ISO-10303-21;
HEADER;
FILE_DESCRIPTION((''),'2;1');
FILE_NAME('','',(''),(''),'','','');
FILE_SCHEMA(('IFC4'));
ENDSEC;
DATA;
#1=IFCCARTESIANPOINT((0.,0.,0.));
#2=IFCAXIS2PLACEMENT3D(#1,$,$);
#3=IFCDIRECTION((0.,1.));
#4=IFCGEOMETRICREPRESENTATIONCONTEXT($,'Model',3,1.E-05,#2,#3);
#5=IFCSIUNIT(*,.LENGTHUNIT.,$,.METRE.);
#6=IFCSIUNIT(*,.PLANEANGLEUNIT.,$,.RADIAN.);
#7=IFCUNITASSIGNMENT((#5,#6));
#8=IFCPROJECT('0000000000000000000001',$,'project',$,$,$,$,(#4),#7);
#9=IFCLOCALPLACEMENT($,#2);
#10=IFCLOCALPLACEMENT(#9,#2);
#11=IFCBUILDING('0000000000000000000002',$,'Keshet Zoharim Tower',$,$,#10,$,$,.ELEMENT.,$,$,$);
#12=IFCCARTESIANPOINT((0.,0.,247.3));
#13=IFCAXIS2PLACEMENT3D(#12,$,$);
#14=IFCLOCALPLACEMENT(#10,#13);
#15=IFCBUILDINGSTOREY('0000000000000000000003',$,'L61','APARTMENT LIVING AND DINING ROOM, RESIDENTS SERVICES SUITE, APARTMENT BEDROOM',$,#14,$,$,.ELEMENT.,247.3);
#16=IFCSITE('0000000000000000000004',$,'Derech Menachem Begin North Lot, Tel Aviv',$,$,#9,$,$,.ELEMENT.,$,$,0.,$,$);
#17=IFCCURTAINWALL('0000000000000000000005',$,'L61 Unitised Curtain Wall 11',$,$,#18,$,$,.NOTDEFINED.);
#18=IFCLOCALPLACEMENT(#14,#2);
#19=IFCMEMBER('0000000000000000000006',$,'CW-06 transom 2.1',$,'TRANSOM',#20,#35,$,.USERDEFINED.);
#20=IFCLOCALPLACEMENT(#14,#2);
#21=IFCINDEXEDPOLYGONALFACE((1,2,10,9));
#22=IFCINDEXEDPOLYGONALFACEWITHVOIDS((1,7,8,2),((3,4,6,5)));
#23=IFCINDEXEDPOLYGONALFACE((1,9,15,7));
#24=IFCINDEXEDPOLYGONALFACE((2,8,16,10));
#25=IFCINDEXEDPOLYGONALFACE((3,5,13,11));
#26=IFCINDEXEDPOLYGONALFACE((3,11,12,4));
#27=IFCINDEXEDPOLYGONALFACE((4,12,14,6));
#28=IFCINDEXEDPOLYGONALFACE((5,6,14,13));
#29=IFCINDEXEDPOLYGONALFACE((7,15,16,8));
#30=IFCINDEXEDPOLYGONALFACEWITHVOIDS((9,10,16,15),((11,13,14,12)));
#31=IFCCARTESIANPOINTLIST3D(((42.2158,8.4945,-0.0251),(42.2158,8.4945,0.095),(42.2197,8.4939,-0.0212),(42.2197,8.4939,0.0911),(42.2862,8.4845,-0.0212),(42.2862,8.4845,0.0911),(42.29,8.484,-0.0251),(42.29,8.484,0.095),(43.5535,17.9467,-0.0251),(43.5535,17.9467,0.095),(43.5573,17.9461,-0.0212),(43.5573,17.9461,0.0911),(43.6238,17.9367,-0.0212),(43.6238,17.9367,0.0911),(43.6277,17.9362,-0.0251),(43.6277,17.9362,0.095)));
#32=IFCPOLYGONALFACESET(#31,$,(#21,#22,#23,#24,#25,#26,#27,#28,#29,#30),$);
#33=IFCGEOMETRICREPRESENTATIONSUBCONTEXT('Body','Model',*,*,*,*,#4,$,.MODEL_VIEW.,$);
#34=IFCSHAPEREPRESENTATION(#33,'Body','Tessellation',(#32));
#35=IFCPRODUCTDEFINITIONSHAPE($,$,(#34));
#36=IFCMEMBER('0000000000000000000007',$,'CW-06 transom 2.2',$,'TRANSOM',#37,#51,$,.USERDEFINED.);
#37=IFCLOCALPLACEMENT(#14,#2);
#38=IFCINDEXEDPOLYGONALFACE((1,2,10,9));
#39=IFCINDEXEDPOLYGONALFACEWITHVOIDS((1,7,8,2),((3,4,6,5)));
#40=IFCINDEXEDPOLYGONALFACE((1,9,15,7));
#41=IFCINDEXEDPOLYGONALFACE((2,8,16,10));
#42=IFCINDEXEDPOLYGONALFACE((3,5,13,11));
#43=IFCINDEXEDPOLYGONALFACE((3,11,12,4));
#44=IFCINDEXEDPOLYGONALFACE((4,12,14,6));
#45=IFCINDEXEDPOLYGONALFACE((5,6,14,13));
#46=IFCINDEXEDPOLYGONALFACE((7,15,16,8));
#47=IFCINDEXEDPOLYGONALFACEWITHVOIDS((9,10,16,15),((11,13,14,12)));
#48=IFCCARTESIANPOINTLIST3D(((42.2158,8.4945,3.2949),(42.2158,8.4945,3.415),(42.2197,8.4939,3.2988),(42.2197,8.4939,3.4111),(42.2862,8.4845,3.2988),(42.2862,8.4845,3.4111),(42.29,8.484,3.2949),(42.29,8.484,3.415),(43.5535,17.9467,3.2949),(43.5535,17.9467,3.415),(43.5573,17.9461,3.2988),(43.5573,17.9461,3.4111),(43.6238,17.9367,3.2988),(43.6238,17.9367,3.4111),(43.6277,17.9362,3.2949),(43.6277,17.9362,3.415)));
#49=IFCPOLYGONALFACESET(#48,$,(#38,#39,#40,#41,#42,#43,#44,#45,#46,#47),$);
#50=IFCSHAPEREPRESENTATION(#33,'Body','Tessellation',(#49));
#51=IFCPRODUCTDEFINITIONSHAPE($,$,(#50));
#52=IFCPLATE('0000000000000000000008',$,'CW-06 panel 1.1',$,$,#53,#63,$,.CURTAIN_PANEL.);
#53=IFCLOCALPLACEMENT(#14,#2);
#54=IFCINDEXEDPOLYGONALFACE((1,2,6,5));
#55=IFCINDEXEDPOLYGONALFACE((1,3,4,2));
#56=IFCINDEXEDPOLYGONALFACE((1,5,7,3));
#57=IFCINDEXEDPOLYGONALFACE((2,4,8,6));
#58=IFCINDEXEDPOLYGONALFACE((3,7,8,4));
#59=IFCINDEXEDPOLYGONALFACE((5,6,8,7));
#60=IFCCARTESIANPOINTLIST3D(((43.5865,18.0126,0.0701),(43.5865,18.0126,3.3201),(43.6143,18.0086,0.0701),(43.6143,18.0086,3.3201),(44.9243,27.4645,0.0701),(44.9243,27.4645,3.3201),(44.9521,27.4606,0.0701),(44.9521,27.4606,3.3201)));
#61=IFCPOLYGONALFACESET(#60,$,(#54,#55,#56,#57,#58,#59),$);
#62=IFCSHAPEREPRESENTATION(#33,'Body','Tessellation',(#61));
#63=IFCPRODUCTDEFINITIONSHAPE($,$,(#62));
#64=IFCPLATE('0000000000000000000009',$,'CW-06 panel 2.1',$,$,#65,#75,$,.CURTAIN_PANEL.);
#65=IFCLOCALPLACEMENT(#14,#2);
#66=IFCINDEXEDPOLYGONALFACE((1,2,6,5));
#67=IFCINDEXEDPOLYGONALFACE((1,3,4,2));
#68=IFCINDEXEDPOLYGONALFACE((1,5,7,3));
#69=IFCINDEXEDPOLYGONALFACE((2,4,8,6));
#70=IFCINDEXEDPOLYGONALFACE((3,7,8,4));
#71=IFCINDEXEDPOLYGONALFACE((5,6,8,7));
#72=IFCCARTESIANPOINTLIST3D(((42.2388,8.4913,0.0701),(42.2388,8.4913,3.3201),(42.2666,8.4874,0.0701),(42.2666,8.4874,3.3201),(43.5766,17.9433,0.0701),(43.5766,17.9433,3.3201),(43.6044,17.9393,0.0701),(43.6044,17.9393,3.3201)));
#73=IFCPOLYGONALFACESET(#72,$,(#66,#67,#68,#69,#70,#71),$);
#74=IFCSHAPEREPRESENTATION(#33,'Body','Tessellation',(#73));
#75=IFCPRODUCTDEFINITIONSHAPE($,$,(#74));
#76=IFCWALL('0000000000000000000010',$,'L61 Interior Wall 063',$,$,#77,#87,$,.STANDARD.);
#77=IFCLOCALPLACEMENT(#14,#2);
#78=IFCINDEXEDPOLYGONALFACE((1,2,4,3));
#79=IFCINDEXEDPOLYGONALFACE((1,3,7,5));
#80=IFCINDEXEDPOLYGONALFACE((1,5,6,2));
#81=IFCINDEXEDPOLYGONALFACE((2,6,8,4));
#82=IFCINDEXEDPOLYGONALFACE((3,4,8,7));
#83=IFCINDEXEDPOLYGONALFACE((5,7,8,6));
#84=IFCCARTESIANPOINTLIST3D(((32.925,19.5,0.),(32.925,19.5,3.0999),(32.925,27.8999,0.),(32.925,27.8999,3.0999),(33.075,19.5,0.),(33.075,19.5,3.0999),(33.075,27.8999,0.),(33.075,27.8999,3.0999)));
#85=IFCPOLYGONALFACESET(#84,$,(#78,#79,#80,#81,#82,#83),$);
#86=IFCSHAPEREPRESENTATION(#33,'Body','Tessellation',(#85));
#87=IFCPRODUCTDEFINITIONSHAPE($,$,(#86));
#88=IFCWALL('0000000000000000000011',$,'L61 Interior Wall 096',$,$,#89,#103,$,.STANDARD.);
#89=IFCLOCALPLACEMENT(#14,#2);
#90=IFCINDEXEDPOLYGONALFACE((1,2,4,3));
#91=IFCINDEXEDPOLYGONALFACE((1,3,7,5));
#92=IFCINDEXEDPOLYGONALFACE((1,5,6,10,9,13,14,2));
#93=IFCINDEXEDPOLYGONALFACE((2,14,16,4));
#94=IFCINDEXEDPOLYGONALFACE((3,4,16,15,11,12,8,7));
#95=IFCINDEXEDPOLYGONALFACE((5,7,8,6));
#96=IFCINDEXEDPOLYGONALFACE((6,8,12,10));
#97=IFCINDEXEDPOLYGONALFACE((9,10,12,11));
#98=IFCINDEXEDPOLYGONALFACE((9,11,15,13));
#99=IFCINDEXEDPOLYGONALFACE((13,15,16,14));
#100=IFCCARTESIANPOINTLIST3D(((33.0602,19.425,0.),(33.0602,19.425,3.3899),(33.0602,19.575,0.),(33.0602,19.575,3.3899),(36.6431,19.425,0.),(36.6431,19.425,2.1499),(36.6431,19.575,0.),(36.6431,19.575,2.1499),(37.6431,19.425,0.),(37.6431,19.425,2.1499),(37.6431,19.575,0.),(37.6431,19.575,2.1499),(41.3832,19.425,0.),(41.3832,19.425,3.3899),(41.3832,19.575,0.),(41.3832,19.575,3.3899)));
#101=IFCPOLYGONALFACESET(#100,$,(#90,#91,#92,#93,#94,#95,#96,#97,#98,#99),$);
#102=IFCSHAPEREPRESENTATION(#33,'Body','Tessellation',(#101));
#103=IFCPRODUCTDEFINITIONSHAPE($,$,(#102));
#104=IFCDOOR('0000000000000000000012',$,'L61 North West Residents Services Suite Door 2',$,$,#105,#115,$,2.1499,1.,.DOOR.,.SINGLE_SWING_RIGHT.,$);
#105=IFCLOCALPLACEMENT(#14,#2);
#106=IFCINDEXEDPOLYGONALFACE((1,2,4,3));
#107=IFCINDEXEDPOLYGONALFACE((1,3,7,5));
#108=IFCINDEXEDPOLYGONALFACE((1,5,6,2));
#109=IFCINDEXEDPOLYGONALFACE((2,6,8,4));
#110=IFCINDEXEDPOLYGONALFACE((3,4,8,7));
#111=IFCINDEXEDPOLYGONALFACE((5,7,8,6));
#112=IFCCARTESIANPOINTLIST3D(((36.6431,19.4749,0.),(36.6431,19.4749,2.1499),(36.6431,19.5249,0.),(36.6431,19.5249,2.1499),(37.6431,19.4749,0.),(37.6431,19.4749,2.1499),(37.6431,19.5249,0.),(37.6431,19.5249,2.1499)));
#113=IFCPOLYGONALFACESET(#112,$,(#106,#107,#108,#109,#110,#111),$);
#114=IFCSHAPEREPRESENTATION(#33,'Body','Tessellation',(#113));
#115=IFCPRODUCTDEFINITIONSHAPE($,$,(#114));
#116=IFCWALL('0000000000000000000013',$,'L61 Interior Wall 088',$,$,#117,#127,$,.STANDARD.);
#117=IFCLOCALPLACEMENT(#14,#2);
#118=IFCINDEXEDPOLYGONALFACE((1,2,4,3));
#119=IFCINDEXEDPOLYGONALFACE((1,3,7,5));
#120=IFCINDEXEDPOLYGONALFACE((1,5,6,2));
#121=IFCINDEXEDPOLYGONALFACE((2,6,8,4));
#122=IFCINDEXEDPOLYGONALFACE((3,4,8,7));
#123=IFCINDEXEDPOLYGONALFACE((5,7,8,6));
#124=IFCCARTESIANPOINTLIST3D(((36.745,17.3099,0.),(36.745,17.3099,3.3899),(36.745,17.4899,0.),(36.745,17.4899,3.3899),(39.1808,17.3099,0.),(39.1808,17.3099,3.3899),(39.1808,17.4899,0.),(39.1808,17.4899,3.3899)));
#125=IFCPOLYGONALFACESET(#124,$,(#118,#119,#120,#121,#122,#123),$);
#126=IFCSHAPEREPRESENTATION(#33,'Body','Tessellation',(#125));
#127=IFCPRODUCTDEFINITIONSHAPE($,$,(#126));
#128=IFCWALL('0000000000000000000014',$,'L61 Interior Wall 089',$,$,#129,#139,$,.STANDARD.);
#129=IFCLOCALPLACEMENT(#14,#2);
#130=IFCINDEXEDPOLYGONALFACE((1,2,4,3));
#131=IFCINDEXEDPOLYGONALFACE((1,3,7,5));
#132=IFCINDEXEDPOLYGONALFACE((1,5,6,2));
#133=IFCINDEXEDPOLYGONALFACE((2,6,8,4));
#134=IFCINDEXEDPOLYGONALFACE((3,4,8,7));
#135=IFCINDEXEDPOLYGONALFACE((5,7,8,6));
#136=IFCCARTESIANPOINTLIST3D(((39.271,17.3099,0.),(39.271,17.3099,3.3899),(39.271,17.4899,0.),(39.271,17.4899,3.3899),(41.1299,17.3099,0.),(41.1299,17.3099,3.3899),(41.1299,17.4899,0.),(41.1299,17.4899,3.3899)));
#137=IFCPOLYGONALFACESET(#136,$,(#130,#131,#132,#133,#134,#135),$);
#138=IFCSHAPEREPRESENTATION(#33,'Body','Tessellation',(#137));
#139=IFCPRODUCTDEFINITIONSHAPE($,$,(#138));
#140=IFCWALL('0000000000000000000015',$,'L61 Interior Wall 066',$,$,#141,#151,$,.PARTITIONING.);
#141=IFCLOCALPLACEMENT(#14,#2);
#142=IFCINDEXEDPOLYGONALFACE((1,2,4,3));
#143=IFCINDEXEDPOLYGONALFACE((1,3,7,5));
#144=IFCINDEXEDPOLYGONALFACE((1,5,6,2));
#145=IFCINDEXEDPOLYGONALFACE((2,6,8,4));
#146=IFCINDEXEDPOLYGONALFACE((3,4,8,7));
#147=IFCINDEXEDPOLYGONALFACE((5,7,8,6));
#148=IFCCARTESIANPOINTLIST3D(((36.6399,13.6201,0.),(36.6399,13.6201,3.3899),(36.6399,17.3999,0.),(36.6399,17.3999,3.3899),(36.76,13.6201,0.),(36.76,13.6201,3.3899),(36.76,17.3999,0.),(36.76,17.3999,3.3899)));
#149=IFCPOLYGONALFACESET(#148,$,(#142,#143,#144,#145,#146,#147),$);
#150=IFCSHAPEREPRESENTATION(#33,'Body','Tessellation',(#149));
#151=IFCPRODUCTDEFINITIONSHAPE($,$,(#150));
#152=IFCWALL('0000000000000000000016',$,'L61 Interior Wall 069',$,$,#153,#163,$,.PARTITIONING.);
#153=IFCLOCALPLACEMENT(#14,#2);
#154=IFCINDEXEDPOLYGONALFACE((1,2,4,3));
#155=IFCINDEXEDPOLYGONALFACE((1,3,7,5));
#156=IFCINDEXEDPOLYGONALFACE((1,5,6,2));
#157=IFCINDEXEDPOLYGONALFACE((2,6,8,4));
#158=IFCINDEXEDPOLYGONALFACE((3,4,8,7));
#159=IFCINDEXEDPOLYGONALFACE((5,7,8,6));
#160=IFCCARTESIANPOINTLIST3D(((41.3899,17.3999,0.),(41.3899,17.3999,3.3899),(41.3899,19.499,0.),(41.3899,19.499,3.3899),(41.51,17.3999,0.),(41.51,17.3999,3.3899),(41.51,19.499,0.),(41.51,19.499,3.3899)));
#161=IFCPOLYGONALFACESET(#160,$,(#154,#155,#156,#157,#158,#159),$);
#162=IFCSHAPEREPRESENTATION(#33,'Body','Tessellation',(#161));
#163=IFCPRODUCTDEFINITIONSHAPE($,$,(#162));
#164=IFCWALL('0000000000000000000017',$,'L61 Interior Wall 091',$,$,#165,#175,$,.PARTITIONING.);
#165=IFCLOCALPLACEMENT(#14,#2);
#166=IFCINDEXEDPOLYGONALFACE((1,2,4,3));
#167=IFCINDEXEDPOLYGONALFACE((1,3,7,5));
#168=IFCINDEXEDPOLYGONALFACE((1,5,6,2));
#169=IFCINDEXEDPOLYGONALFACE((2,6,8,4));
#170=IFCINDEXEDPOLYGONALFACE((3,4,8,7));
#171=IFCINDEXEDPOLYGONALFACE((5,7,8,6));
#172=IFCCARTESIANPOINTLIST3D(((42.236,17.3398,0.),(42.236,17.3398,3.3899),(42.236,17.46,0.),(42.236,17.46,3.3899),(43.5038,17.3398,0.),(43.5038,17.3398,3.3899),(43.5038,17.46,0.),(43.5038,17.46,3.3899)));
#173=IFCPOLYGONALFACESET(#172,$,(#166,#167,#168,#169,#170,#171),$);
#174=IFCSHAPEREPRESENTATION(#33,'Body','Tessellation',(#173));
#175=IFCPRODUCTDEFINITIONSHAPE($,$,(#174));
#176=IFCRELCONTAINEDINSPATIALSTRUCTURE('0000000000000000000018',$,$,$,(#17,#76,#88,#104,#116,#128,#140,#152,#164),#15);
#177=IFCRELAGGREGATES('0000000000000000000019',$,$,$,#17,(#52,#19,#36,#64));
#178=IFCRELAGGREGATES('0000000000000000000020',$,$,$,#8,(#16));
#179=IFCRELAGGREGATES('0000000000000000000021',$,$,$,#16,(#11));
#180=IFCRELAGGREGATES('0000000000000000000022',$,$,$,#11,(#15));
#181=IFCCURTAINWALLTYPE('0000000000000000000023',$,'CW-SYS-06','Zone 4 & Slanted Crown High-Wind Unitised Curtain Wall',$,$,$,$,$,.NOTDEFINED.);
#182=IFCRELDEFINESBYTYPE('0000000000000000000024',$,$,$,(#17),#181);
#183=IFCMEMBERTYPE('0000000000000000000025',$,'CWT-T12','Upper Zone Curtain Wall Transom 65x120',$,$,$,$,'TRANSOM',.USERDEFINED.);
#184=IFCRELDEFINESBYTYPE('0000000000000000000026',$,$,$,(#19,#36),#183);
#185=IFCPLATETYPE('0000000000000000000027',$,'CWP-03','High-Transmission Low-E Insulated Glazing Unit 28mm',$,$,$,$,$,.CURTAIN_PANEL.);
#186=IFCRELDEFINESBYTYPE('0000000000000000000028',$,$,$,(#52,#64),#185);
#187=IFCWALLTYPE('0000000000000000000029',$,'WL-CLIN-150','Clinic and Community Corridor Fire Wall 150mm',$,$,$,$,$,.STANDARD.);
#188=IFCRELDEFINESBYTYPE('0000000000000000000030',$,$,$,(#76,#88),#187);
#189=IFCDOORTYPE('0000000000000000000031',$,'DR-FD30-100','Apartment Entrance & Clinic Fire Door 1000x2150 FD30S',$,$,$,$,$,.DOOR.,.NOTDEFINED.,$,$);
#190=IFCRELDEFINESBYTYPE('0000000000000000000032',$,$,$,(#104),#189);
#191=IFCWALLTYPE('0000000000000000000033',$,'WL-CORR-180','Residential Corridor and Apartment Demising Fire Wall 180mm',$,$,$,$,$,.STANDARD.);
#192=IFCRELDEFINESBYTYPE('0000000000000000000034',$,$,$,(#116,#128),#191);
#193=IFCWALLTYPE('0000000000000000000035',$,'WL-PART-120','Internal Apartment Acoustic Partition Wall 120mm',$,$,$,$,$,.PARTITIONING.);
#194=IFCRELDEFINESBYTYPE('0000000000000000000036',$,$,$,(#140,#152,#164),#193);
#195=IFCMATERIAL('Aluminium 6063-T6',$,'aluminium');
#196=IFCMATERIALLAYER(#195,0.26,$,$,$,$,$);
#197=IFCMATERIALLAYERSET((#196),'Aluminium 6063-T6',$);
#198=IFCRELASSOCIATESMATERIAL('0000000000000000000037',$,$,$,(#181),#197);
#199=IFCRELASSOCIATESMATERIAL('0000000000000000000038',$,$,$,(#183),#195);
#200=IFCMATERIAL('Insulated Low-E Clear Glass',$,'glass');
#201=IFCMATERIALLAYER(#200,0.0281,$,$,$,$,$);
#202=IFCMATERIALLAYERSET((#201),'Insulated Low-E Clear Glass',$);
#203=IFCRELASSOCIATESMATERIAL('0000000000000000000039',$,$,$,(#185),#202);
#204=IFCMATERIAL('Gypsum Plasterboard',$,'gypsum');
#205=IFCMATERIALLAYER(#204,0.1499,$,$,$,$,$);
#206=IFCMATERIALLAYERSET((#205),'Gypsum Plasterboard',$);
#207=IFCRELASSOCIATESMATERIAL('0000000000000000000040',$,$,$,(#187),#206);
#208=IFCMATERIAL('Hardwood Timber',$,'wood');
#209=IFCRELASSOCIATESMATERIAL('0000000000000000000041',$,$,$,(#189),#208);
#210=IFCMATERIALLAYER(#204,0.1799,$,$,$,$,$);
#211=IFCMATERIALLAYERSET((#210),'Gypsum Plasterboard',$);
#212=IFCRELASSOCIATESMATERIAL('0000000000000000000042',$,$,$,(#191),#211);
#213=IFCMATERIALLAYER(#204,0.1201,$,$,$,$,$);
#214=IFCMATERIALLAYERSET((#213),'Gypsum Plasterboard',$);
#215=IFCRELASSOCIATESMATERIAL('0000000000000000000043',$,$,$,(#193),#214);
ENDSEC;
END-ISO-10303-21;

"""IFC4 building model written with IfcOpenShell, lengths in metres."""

from ifc_helpers import new_model, si_unit, direction, frame, frame_2d, origin, origin_2d, place, context, subcontext, project, spatial, rectangle, hollow_rectangle, extrude, material, layer, layer_set, material_profile, profile_set, type_object, element, fill, aggregate, save


model = new_model("IFC4")

# Units and contexts
model_context = context("Model", 3, precision=1e-05, world=origin(), true_north=direction((0.0, 1.0)))
body_context = subcontext(model_context, "Body", "Model", "MODEL_VIEW")
ifc_project = project(units=[si_unit("LENGTHUNIT", "METRE"), si_unit("PLANEANGLEUNIT", "RADIAN")], contexts=[model_context])

# Site, building, storey
site_placement = place(None, origin())
site = spatial("IfcSite", under=ifc_project, at=site_placement, Name="Derech Menachem Begin North Lot, Tel Aviv", CompositionType="ELEMENT", RefElevation=0.0)
building_placement = place(site_placement, origin())
building = spatial("IfcBuilding", under=site, at=building_placement, Name="Keshet Zoharim Tower", CompositionType="ELEMENT")
storey_placement = place(building_placement, frame((0.0, 0.0, 247.3)))
storey = spatial("IfcBuildingStorey", under=building, at=storey_placement, Name="L61", Description="APARTMENT LIVING AND DINING ROOM, RESIDENTS SERVICES SUITE, APARTMENT BEDROOM", CompositionType="ELEMENT", Elevation=247.3)

# Curtain wall, members, plates
ifc_material_1 = material(Name="Aluminium 6063-T6", Category="aluminium")
ifc_layer_1 = layer(ifc_material_1, 0.26)
ifc_layer_set_1 = layer_set([ifc_layer_1], Name="Aluminium 6063-T6")
curtain_wall_type = type_object("IfcCurtainWallType", Name="CW-SYS-06", Description="Zone 4 & Slanted Crown High-Wind Unitised Curtain Wall", PredefinedType="NOTDEFINED", material=ifc_layer_set_1)
curtain_wall_placement = place(storey_placement, origin())
curtain_wall = element("IfcCurtainWall", 1, at=curtain_wall_placement, inside=storey, type_object=curtain_wall_type, Name="L61 Unitised Curtain Wall 11", PredefinedType="NOTDEFINED")
ifc_material_profile_1 = material_profile(ifc_material_1, hollow_rectangle(XDim=0.075, YDim=0.1201, WallThickness=0.0039, at=origin_2d()), Name="TRN-75x120")
ifc_profile_set_1 = profile_set([ifc_material_profile_1], Name="Aluminium 6063-T6")
member_type_1 = type_object("IfcMemberType", Name="CWT-T12", Description="Upper Zone Curtain Wall Transom 65x120", ElementType="TRANSOM", PredefinedType="USERDEFINED", material=ifc_profile_set_1)
member_1_placement = place(storey_placement, frame((43.5906, 17.9414, 0.0349), z_axis=(-0.140122, -0.990134, 0.0), x_axis=(0.990134, -0.140122, 0.0)))
member_1 = element("IfcMember", 2, at=member_1_placement, type_object=member_type_1, Name="CW-06 transom 2.1", ObjectType="TRANSOM", PredefinedType="USERDEFINED", context=body_context, shape_type="SweptSolid", body=[
    extrude(hollow_rectangle(XDim=0.075, YDim=0.1201, WallThickness=0.0039, at=origin_2d()), origin(), (0.0, 0.0, 1.0), 9.5464),
])
member_2_placement = place(storey_placement, frame((43.5906, 17.9414, 3.355), z_axis=(-0.140122, -0.990134, 0.0), x_axis=(0.990134, -0.140122, 0.0)))
member_2 = element("IfcMember", 3, at=member_2_placement, type_object=member_type_1, Name="CW-06 transom 2.2", ObjectType="TRANSOM", PredefinedType="USERDEFINED", context=body_context, shape_type="SweptSolid", body=[
    extrude(hollow_rectangle(XDim=0.075, YDim=0.1201, WallThickness=0.0039, at=origin_2d()), origin(), (0.0, 0.0, 1.0), 9.5464),
])
ifc_material_2 = material(Name="Insulated Low-E Clear Glass", Category="glass")
ifc_layer_2 = layer(ifc_material_2, 0.0281)
ifc_layer_set_2 = layer_set([ifc_layer_2], Name="Insulated Low-E Clear Glass")
plate_type = type_object("IfcPlateType", Name="CWP-03", Description="High-Transmission Low-E Insulated Glazing Unit 28mm", PredefinedType="CURTAIN_PANEL", material=ifc_layer_set_2)
plate_1_placement = place(storey_placement, frame((44.2693, 22.7366, 0.0701), z_axis=(0.0, 0.0, 1.0), x_axis=(-0.140137, -0.990132, 0.0)))
plate_1 = element("IfcPlate", 4, at=plate_1_placement, type_object=plate_type, Name="CW-06 panel 1.1", PredefinedType="CURTAIN_PANEL", context=body_context, shape_type="SweptSolid", body=[
    extrude(rectangle(XDim=9.5461, YDim=0.0281, at=origin_2d()), origin(), (0.0, 0.0, 1.0), 3.25),
])
plate_2_placement = place(storey_placement, frame((42.9216, 13.2153, 0.0701), z_axis=(0.0, 0.0, 1.0), x_axis=(-0.140137, -0.990132, 0.0)))
plate_2 = element("IfcPlate", 5, at=plate_2_placement, type_object=plate_type, Name="CW-06 panel 2.1", PredefinedType="CURTAIN_PANEL", context=body_context, shape_type="SweptSolid", body=[
    extrude(rectangle(XDim=9.5461, YDim=0.0281, at=origin_2d()), origin(), (0.0, 0.0, 1.0), 3.25),
])
aggregate(curtain_wall, [plate_1, member_1, member_2, plate_2])

# Wall
ifc_material_3 = material(Name="Gypsum Plasterboard", Category="gypsum")
ifc_layer_3 = layer(ifc_material_3, 0.1499)
ifc_layer_set_3 = layer_set([ifc_layer_3], Name="Gypsum Plasterboard")
wall_type_1 = type_object("IfcWallType", Name="WL-CLIN-150", Description="Clinic and Community Corridor Fire Wall 150mm", PredefinedType="STANDARD", material=ifc_layer_set_3)
wall_1_placement = place(storey_placement, frame((33.0, 19.5, 0.0), z_axis=(0.0, 0.0, 1.0), x_axis=(0.0, 1.0, 0.0)))
element("IfcWall", 6, at=wall_1_placement, inside=storey, type_object=wall_type_1, Name="L61 Interior Wall 063", PredefinedType="STANDARD", context=body_context, shape_type="SweptSolid", body=[
    extrude(rectangle(XDim=8.3999, YDim=0.1499, at=frame_2d((4.2, 0.0))), origin(), (0.0, 0.0, 1.0), 3.0999),
])

# Wall, opening, door
wall_2_placement = place(storey_placement, frame((33.0601, 19.5, 0.0), z_axis=(0.0, 0.0, 1.0), x_axis=(1.0, 0.0, 0.0)))
wall_2 = element("IfcWall", 7, at=wall_2_placement, inside=storey, type_object=wall_type_1, Name="L61 Interior Wall 096", PredefinedType="STANDARD", context=body_context, shape_type="SweptSolid", body=[
    extrude(rectangle(XDim=8.323, YDim=0.1499, at=frame_2d((4.1616, 0.0))), origin(), (0.0, 0.0, 1.0), 3.3899),
])
opening_1_placement = place(wall_2_placement, frame((3.583, 0.0, 0.0)))
opening_1 = element("IfcOpeningElement", 8, at=opening_1_placement, cuts=wall_2, PredefinedType="OPENING", context=body_context, shape_type="SweptSolid", body=[
    extrude(rectangle(XDim=1.0, YDim=2.1499, at=frame_2d((0.5, 1.075))), frame((0.0, 0.085, 0.0), z_axis=(0.0, -1.0, 0.0), x_axis=(1.0, 0.0, 0.0)), (0.0, 0.0, 1.0), 0.1699),
])
ifc_material_4 = material(Name="Hardwood Timber", Category="wood")
door_type_1 = type_object("IfcDoorType", Name="DR-FD30-100", Description="Apartment Entrance & Clinic Fire Door 1000x2150 FD30S", OperationType="NOTDEFINED", PredefinedType="DOOR", material=ifc_material_4)
door_1_placement = place(opening_1_placement, origin())
door_1 = element("IfcDoor", 9, at=door_1_placement, inside=storey, type_object=door_type_1, Name="L61 North West Residents Services Suite Door 2", OperationType="SINGLE_SWING_RIGHT", OverallHeight=2.1499, OverallWidth=1.0, PredefinedType="DOOR", context=body_context, shape_type="SweptSolid", body=[
    extrude(rectangle(XDim=1.0, YDim=2.1499, at=frame_2d((0.5, 1.075))), frame((0.0, 0.0249, 0.0), z_axis=(0.0, -1.0, 0.0), x_axis=(1.0, 0.0, 0.0)), (0.0, 0.0, 1.0), 0.05),
])
fill(opening_1, door_1)

# Walls
ifc_layer_4 = layer(ifc_material_3, 0.1799)
ifc_layer_set_4 = layer_set([ifc_layer_4], Name="Gypsum Plasterboard")
wall_type_2 = type_object("IfcWallType", Name="WL-CORR-180", Description="Residential Corridor and Apartment Demising Fire Wall 180mm", PredefinedType="STANDARD", material=ifc_layer_set_4)
wall_3_placement = place(storey_placement, frame((36.7451, 17.3999, 0.0), z_axis=(0.0, 0.0, 1.0), x_axis=(1.0, 0.0, 0.0)))
element("IfcWall", 10, at=wall_3_placement, inside=storey, type_object=wall_type_2, Name="L61 Interior Wall 088", PredefinedType="STANDARD", context=body_context, shape_type="SweptSolid", body=[
    extrude(rectangle(XDim=2.4358, YDim=0.1799, at=frame_2d((1.2178, 0.0))), origin(), (0.0, 0.0, 1.0), 3.3899),
])
wall_4_placement = place(storey_placement, frame((39.271, 17.3999, 0.0), z_axis=(0.0, 0.0, 1.0), x_axis=(1.0, 0.0, 0.0)))
element("IfcWall", 11, at=wall_4_placement, inside=storey, type_object=wall_type_2, Name="L61 Interior Wall 089", PredefinedType="STANDARD", context=body_context, shape_type="SweptSolid", body=[
    extrude(rectangle(XDim=1.8589, YDim=0.1799, at=frame_2d((0.9294, 0.0))), origin(), (0.0, 0.0, 1.0), 3.3899),
])
ifc_layer_5 = layer(ifc_material_3, 0.1201)
ifc_layer_set_5 = layer_set([ifc_layer_5], Name="Gypsum Plasterboard")
wall_type_3 = type_object("IfcWallType", Name="WL-PART-120", Description="Internal Apartment Acoustic Partition Wall 120mm", PredefinedType="PARTITIONING", material=ifc_layer_set_5)
wall_5_placement = place(storey_placement, frame((36.7, 13.6201, 0.0), z_axis=(0.0, 0.0, 1.0), x_axis=(0.0, 1.0, 0.0)))
element("IfcWall", 12, at=wall_5_placement, inside=storey, type_object=wall_type_3, Name="L61 Interior Wall 066", PredefinedType="PARTITIONING", context=body_context, shape_type="SweptSolid", body=[
    extrude(rectangle(XDim=3.7798, YDim=0.1201, at=frame_2d((1.8899, 0.0))), origin(), (0.0, 0.0, 1.0), 3.3899),
])
wall_6_placement = place(storey_placement, frame((41.45, 17.3999, 0.0), z_axis=(0.0, 0.0, 1.0), x_axis=(0.0, 1.0, 0.0)))
element("IfcWall", 13, at=wall_6_placement, inside=storey, type_object=wall_type_3, Name="L61 Interior Wall 069", PredefinedType="PARTITIONING", context=body_context, shape_type="SweptSolid", body=[
    extrude(rectangle(XDim=2.0991, YDim=0.1201, at=frame_2d((1.0496, 0.0))), origin(), (0.0, 0.0, 1.0), 3.3899),
])

# Wall
wall_7_placement = place(storey_placement, frame((42.2361, 17.3999, 0.0), z_axis=(0.0, 0.0, 1.0), x_axis=(1.0, 0.0, 0.0)))
element("IfcWall", 14, at=wall_7_placement, inside=storey, type_object=wall_type_3, Name="L61 Interior Wall 091", PredefinedType="PARTITIONING", context=body_context, shape_type="SweptSolid", body=[
    extrude(rectangle(XDim=1.2678, YDim=0.1201, at=frame_2d((0.6338, 0.0))), origin(), (0.0, 0.0, 1.0), 3.3899),
])

save(model, "model.ifc")
